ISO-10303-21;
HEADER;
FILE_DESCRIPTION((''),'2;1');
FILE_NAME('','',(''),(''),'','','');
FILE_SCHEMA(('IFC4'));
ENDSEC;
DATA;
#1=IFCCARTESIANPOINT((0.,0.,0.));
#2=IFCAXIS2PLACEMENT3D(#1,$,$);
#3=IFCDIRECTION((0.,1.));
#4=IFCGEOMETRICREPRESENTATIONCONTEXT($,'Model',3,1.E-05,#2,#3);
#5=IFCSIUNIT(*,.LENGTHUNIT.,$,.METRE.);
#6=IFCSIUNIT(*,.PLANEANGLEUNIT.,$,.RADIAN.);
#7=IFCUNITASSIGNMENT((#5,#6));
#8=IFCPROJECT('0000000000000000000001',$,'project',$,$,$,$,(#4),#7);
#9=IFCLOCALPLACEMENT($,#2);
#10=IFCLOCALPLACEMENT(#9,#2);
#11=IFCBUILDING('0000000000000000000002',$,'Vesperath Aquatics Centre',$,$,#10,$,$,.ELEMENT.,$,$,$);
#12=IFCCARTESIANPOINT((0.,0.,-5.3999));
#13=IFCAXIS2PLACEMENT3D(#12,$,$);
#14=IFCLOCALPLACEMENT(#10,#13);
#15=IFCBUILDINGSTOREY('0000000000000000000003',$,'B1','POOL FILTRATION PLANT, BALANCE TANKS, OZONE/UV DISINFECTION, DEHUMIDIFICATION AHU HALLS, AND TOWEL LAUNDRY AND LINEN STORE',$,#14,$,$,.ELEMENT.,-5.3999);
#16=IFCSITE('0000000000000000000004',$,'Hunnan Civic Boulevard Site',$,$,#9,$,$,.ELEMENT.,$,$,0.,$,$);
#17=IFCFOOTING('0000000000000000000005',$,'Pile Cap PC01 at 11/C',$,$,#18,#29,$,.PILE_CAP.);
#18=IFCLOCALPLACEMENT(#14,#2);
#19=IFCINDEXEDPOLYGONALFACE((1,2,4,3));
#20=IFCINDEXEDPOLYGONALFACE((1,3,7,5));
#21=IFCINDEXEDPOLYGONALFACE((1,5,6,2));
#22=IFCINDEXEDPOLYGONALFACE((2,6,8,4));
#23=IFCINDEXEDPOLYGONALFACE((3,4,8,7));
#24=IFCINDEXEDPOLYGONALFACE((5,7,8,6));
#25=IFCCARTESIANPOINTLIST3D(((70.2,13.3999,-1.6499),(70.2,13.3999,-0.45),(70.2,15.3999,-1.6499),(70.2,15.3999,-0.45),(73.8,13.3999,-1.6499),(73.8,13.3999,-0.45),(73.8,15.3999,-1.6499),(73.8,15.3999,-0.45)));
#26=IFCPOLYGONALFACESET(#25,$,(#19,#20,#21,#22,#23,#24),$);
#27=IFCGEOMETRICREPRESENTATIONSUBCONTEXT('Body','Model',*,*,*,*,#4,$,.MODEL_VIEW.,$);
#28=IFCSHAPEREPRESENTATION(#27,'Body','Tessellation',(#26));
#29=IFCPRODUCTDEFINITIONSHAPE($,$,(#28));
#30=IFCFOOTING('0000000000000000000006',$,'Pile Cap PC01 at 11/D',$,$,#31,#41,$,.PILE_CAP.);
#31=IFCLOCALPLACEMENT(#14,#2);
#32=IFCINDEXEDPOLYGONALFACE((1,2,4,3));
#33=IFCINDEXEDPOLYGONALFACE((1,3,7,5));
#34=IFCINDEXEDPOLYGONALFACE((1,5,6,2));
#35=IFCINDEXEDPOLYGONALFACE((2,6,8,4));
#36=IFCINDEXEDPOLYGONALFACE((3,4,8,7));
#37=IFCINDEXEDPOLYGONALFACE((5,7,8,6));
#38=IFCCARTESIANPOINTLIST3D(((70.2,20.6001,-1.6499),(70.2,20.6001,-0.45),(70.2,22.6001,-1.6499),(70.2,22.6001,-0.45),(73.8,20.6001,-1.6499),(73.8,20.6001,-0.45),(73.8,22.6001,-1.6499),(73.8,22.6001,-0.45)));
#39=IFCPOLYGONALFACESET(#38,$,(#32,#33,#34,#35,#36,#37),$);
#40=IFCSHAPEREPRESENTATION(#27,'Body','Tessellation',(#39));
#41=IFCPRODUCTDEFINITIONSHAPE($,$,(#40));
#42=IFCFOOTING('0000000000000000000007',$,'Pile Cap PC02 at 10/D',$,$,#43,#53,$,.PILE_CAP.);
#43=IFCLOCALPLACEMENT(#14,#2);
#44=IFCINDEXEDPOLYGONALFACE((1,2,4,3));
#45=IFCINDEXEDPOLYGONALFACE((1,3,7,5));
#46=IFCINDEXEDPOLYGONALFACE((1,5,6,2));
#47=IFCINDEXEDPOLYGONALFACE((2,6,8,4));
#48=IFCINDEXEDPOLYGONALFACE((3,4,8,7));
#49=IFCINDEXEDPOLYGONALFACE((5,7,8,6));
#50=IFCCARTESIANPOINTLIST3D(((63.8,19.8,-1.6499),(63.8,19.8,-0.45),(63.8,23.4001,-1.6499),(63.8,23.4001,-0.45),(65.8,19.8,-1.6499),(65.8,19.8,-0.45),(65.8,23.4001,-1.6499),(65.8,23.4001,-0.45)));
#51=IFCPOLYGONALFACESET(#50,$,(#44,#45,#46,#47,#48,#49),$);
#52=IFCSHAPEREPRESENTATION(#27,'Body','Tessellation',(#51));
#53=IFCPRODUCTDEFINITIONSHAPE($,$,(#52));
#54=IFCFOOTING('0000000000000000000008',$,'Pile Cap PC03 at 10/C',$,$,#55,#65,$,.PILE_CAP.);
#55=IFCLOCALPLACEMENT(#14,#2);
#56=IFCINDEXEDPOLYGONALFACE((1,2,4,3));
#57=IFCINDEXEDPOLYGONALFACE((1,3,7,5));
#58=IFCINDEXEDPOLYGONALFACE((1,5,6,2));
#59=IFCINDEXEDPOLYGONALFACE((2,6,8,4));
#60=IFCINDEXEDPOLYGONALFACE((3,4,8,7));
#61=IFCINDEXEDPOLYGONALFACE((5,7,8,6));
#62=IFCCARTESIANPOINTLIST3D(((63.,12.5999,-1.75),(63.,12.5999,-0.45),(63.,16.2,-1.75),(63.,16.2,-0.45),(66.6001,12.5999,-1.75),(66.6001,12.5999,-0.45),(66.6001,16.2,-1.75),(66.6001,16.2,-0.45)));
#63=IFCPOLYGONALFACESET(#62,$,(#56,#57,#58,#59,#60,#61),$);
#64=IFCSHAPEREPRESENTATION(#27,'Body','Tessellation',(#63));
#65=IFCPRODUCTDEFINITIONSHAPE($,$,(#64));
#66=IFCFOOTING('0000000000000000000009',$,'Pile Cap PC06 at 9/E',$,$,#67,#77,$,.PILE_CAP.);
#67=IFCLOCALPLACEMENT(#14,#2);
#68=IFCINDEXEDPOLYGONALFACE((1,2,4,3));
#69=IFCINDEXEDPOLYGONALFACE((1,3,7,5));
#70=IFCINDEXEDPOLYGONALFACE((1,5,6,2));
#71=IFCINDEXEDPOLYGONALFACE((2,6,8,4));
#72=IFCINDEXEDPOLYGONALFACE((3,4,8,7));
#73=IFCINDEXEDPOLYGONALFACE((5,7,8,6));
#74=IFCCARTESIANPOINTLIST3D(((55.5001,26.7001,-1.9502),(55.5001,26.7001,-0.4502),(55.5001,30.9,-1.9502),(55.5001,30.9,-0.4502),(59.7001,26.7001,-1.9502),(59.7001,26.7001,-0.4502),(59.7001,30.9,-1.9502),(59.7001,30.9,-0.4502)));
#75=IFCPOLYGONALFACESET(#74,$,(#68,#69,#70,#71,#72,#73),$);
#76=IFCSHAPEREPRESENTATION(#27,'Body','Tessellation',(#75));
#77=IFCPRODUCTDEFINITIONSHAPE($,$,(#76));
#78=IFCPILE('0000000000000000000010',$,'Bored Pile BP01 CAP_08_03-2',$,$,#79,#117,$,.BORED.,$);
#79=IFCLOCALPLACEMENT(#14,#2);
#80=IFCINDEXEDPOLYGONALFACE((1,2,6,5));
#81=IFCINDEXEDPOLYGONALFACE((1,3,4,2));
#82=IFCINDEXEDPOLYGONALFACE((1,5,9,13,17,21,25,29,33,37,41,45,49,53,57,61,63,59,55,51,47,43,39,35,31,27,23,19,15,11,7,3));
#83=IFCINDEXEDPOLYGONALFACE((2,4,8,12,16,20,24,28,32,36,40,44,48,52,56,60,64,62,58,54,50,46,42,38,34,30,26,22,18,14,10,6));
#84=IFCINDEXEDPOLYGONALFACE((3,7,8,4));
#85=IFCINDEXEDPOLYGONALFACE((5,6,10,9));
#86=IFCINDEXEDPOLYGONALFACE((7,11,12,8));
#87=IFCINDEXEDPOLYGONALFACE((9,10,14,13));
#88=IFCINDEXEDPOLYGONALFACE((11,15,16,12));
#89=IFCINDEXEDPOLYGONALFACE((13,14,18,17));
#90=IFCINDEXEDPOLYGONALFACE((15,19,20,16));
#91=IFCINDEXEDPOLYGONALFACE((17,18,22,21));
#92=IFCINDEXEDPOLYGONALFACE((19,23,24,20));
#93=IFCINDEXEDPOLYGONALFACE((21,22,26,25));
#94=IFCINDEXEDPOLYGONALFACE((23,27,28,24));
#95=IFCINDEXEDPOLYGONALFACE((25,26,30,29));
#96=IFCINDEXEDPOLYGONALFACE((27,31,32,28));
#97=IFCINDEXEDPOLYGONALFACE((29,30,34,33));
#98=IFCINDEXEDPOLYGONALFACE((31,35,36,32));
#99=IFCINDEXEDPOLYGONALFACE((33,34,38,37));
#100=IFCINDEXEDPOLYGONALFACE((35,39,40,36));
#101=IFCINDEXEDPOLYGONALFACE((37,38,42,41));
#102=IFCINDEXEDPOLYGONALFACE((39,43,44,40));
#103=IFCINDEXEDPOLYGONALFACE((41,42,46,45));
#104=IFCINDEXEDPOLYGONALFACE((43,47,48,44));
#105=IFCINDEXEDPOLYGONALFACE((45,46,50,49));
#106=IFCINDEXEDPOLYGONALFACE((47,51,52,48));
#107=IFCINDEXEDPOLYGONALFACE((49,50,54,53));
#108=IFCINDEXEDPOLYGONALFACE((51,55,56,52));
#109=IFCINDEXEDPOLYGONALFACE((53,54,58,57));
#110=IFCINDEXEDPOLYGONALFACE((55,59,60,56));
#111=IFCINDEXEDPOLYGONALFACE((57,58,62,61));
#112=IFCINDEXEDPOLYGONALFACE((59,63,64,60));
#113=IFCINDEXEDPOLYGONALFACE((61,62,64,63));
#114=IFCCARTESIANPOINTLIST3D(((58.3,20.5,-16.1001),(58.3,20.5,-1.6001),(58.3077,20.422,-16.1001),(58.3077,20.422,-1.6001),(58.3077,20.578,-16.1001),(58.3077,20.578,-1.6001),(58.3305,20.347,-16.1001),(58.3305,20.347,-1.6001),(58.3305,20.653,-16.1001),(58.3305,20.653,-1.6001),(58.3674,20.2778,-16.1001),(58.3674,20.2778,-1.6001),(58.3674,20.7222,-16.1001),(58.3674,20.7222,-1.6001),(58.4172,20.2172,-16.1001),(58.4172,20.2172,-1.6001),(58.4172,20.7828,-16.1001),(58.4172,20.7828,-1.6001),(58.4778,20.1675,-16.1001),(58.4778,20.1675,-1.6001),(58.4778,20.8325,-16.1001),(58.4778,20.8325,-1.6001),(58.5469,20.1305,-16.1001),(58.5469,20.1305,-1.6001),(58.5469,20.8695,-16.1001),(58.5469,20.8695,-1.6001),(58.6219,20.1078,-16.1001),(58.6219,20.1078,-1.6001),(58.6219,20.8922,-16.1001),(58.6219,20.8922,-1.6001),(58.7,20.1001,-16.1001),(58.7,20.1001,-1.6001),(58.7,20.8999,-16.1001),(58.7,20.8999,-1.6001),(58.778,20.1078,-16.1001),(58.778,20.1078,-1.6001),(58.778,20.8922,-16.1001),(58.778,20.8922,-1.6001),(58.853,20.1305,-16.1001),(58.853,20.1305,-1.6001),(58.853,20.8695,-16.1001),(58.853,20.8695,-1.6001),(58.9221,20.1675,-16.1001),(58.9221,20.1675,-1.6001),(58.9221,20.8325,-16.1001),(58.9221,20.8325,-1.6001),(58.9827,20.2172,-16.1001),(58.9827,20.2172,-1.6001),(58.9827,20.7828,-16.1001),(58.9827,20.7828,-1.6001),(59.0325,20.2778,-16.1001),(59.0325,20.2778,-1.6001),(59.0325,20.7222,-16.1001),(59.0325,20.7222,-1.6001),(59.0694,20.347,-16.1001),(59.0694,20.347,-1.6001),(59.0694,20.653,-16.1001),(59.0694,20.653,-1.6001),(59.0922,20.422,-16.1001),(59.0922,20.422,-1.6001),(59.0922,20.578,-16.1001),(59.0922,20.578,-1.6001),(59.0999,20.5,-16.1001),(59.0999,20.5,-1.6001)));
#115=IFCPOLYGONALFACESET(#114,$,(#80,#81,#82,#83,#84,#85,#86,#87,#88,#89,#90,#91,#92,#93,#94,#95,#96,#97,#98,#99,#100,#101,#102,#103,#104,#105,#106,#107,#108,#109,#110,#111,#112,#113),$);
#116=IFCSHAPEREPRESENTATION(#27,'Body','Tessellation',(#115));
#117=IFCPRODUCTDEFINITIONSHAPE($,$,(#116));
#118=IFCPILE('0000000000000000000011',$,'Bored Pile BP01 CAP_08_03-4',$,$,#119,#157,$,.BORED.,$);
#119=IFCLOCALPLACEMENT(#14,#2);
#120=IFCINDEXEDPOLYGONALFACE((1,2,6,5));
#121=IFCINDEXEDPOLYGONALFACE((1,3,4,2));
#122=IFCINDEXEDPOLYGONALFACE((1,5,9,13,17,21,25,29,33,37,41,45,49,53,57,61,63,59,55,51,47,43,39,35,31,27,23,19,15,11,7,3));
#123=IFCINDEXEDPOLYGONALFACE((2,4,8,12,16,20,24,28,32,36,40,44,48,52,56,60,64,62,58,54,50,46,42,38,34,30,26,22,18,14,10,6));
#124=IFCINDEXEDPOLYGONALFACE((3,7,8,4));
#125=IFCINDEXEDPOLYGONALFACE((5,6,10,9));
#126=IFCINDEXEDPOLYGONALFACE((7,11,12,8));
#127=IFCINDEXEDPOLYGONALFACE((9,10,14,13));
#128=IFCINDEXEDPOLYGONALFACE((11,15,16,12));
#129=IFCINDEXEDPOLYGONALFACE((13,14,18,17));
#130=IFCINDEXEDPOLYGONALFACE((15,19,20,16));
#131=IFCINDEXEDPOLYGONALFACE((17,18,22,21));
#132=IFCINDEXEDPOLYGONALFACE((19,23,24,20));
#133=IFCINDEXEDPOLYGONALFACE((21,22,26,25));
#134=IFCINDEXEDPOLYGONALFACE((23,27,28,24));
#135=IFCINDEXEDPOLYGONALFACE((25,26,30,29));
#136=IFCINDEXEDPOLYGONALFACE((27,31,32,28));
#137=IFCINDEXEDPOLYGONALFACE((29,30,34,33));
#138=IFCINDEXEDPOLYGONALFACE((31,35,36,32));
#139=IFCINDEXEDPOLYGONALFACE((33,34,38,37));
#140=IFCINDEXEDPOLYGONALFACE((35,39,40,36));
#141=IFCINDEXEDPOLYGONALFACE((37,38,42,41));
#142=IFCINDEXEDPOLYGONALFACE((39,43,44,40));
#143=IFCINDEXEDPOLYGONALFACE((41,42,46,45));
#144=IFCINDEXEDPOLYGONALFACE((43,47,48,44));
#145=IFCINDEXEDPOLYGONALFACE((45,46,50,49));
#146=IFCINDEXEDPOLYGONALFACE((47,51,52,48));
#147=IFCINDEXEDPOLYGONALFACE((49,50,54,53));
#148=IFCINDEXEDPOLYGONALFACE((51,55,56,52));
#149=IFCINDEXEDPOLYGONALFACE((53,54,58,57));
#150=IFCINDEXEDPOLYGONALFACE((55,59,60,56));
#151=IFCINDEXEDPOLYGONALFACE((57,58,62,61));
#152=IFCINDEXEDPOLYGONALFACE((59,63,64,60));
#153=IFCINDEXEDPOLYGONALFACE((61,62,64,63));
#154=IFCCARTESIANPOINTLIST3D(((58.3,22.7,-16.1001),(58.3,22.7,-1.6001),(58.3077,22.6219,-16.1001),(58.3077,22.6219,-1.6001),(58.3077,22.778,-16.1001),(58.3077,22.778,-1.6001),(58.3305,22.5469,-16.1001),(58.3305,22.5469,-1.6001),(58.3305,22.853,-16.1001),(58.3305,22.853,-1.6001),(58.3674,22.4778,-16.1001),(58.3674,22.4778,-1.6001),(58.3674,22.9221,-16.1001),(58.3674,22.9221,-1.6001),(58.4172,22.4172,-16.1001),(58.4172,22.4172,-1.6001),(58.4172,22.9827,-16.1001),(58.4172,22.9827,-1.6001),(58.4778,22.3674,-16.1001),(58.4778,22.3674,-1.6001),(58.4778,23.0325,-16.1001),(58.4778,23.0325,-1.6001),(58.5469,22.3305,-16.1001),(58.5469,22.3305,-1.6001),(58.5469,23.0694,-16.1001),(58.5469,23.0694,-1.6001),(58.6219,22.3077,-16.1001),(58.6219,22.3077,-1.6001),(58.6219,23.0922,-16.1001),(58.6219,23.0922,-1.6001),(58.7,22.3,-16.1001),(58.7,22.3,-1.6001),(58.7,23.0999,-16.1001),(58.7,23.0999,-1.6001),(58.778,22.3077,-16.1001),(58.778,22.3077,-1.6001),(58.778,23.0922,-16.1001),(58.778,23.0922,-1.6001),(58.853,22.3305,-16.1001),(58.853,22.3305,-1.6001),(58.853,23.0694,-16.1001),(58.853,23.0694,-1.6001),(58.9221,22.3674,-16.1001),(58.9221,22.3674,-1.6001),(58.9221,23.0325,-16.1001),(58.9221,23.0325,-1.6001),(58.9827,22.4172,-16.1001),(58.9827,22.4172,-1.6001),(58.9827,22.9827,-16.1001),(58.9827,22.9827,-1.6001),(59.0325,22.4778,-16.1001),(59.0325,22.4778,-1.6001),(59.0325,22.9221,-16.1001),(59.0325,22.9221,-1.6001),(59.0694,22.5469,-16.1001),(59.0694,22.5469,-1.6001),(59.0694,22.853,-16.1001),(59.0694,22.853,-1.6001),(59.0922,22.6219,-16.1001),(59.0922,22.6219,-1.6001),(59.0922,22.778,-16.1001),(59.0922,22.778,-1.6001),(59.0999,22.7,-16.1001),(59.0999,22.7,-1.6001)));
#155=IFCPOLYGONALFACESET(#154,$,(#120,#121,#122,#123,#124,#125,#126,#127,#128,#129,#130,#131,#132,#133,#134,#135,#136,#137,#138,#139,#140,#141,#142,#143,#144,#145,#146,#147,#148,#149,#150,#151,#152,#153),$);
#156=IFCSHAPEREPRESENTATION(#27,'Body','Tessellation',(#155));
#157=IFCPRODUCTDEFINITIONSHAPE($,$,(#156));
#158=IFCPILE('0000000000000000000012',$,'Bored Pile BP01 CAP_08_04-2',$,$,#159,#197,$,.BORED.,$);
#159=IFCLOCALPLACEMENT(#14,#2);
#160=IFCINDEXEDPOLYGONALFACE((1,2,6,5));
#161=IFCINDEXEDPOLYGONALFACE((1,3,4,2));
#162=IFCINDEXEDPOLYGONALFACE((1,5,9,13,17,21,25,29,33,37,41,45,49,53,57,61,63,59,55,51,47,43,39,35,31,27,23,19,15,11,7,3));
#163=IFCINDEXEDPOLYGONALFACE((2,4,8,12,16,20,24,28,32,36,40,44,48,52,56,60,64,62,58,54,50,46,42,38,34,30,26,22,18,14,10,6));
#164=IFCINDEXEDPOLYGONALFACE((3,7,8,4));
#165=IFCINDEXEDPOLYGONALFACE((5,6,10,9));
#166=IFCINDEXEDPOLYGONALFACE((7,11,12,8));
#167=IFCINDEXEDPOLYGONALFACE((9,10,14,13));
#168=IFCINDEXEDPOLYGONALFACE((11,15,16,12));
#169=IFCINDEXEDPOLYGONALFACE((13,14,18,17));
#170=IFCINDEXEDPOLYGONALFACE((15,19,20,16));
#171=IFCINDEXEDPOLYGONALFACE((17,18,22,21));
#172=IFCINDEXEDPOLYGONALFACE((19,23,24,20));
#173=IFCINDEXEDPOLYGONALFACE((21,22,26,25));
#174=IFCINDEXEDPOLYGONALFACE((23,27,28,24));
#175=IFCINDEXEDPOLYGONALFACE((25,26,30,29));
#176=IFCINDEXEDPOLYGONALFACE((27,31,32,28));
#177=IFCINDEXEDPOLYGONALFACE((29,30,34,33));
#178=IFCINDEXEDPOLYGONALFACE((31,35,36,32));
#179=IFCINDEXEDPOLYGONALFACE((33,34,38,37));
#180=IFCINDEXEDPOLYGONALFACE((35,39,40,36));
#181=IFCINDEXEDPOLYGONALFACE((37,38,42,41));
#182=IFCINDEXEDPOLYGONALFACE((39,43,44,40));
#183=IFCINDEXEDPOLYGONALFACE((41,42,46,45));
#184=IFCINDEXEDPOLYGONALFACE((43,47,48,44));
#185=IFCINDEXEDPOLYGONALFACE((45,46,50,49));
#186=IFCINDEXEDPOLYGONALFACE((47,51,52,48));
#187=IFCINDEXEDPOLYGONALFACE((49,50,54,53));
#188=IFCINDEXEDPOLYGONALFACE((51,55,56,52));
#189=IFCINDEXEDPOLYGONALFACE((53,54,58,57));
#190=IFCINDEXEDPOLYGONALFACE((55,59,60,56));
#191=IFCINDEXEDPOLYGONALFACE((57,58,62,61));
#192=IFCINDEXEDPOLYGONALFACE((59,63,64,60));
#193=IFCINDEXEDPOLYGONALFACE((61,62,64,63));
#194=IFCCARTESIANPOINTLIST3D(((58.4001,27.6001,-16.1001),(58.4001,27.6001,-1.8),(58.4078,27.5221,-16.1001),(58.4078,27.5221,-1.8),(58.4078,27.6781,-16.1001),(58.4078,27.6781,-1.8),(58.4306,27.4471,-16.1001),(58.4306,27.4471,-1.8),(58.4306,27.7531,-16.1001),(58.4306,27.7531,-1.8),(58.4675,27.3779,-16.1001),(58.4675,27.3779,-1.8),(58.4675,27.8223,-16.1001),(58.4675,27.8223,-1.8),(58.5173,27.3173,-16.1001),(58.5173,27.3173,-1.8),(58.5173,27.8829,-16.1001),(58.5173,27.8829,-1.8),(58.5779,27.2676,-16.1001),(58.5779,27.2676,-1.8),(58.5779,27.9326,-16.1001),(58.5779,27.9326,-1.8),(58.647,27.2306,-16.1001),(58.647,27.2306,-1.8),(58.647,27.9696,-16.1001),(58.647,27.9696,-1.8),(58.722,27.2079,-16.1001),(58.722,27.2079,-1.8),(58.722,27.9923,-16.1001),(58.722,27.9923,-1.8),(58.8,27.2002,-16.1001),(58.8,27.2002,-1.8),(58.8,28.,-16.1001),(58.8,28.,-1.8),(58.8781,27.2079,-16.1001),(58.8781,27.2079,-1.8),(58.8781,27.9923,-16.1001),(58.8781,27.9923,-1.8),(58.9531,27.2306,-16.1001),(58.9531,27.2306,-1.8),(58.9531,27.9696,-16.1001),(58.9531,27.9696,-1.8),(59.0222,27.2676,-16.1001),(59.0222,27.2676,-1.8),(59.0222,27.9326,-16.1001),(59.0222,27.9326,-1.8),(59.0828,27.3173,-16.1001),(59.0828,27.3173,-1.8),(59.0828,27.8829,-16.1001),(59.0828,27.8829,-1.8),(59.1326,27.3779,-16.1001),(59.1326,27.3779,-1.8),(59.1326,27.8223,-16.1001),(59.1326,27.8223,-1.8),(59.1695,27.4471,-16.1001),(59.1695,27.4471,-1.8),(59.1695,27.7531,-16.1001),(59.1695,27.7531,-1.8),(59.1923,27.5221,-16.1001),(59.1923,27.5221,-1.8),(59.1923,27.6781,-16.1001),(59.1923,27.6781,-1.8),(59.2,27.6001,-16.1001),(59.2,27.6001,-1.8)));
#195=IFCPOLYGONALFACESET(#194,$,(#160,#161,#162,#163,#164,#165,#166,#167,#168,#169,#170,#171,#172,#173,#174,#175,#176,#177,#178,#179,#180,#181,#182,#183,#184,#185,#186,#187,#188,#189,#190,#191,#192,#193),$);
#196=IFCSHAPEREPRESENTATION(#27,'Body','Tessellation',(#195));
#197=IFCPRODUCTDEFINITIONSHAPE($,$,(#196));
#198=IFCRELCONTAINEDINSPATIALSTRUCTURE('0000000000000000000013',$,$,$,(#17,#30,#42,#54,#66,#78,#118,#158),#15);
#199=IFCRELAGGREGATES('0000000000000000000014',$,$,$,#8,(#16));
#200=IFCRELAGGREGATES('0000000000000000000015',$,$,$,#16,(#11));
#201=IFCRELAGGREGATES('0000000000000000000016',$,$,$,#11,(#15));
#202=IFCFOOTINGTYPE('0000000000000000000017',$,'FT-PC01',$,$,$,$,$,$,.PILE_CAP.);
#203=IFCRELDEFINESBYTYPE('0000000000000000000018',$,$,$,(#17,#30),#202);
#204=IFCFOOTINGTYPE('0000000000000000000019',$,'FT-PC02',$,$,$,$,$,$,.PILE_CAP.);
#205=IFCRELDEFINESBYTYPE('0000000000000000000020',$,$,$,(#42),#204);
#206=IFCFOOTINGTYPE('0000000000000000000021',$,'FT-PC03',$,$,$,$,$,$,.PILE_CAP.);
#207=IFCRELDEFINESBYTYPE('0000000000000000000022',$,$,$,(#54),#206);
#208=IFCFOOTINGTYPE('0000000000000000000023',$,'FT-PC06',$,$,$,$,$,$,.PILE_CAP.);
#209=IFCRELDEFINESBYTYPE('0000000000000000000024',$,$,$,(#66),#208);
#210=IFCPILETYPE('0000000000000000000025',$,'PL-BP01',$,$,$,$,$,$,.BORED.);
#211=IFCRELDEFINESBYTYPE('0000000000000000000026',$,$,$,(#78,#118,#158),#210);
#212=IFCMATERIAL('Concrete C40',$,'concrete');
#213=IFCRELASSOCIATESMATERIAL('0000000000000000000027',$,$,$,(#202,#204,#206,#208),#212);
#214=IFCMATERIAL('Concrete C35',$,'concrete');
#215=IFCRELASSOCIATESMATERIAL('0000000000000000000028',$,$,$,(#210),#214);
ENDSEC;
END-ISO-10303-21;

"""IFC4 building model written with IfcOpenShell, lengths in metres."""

from ifc_helpers import new_model, si_unit, direction, frame, origin, origin_2d, place, context, subcontext, project, spatial, rectangle, circle, extrude, material, material_profile, profile_set, type_object, element, save


model = new_model("IFC4")

# Units and contexts
model_context = context("Model", 3, precision=1e-05, world=origin(), true_north=direction((0.0, 1.0)))
body_context = subcontext(model_context, "Body", "Model", "MODEL_VIEW")
ifc_project = project(units=[si_unit("LENGTHUNIT", "METRE"), si_unit("PLANEANGLEUNIT", "RADIAN")], contexts=[model_context])

# Site, building, storey
site_placement = place(None, origin())
site = spatial("IfcSite", under=ifc_project, at=site_placement, Name="Hunnan Civic Boulevard Site", CompositionType="ELEMENT", RefElevation=0.0)
building_placement = place(site_placement, origin())
building = spatial("IfcBuilding", under=site, at=building_placement, Name="Vesperath Aquatics Centre", CompositionType="ELEMENT")
storey_placement = place(building_placement, frame((0.0, 0.0, -5.3999)))
storey = spatial("IfcBuildingStorey", under=building, at=storey_placement, Name="B1", Description="POOL FILTRATION PLANT, BALANCE TANKS, OZONE/UV DISINFECTION, DEHUMIDIFICATION AHU HALLS, AND TOWEL LAUNDRY AND LINEN STORE", CompositionType="ELEMENT", Elevation=-5.3999)

# Footings
ifc_material_1 = material(Name="Concrete C40", Category="concrete")
footing_type_1 = type_object("IfcFootingType", Name="FT-PC01", PredefinedType="PILE_CAP", material=ifc_material_1)
for number, where, z_axis, x_axis, name in (
    (1, (72.0, 14.3999, -1.6499), (0.0, 0.0, 1.0), (1.0, 0.0, 0.0), "Pile Cap PC01 at 11/C"),
    (2, (72.0, 21.6001, -1.6499), (0.0, 0.0, 1.0), (1.0, 0.0, 0.0), "Pile Cap PC01 at 11/D"),
):
    element("IfcFooting", number, at=place(storey_placement, frame(where, z_axis=z_axis, x_axis=x_axis)), inside=storey, type_object=footing_type_1, Name=name, PredefinedType="PILE_CAP", context=body_context, shape_type="SweptSolid", body=[
        extrude(rectangle(XDim=3.6001, YDim=2.0, at=origin_2d()), origin(), (0.0, 0.0, 1.0), 1.2),
    ])
footing_type_2 = type_object("IfcFootingType", Name="FT-PC02", PredefinedType="PILE_CAP", material=ifc_material_1)
footing_1_placement = place(storey_placement, frame((64.8, 21.6001, -1.6499), z_axis=(0.0, 0.0, 1.0), x_axis=(1.0, 0.0, 0.0)))
element("IfcFooting", 3, at=footing_1_placement, inside=storey, type_object=footing_type_2, Name="Pile Cap PC02 at 10/D", PredefinedType="PILE_CAP", context=body_context, shape_type="SweptSolid", body=[
    extrude(rectangle(XDim=2.0, YDim=3.6001, at=origin_2d()), origin(), (0.0, 0.0, 1.0), 1.2),
])
footing_type_3 = type_object("IfcFootingType", Name="FT-PC03", PredefinedType="PILE_CAP", material=ifc_material_1)
footing_2_placement = place(storey_placement, frame((64.8, 14.3999, -1.75), z_axis=(0.0, 0.0, 1.0), x_axis=(1.0, 0.0, 0.0)))
element("IfcFooting", 4, at=footing_2_placement, inside=storey, type_object=footing_type_3, Name="Pile Cap PC03 at 10/C", PredefinedType="PILE_CAP", context=body_context, shape_type="SweptSolid", body=[
    extrude(rectangle(XDim=3.6001, YDim=3.6001, at=origin_2d()), origin(), (0.0, 0.0, 1.0), 1.3),
])
footing_type_4 = type_object("IfcFootingType", Name="FT-PC06", PredefinedType="PILE_CAP", material=ifc_material_1)
footing_3_placement = place(storey_placement, frame((57.6001, 28.8, -1.9502), z_axis=(0.0, 0.0, 1.0), x_axis=(1.0, 0.0, 0.0)))
element("IfcFooting", 5, at=footing_3_placement, inside=storey, type_object=footing_type_4, Name="Pile Cap PC06 at 9/E", PredefinedType="PILE_CAP", context=body_context, shape_type="SweptSolid", body=[
    extrude(rectangle(XDim=4.2, YDim=4.2, at=origin_2d()), origin(), (0.0, 0.0, 1.0), 1.5),
])

# Piles
ifc_material_2 = material(Name="Concrete C35", Category="concrete")
ifc_material_profile_1 = material_profile(ifc_material_2, circle(Radius=0.3999, at=origin_2d()), Name="PILE D800")
ifc_profile_set_1 = profile_set([ifc_material_profile_1], Name="Concrete C35")
pile_type_1 = type_object("IfcPileType", Name="PL-BP01", PredefinedType="BORED", material=ifc_profile_set_1)
for number, where, z_axis, x_axis, name in (
    (6, (58.7, 20.5, -1.6001), (0.0, 0.0, -1.0), (1.0, 0.0, 0.0), "Bored Pile BP01 CAP_08_03-2"),
    (7, (58.7, 22.7, -1.6001), (0.0, 0.0, -1.0), (1.0, 0.0, 0.0), "Bored Pile BP01 CAP_08_03-4"),
):
    element("IfcPile", number, at=place(storey_placement, frame(where, z_axis=z_axis, x_axis=x_axis)), inside=storey, type_object=pile_type_1, Name=name, PredefinedType="BORED", context=body_context, shape_type="SweptSolid", body=[
        extrude(circle(Radius=0.3999, at=origin_2d()), origin(), (0.0, 0.0, 1.0), 14.5),
    ])
pile_placement = place(storey_placement, frame((58.8, 27.6001, -1.8), z_axis=(0.0, 0.0, -1.0), x_axis=(1.0, 0.0, 0.0)))
element("IfcPile", 8, at=pile_placement, inside=storey, type_object=pile_type_1, Name="Bored Pile BP01 CAP_08_04-2", PredefinedType="BORED", context=body_context, shape_type="SweptSolid", body=[
    extrude(circle(Radius=0.3999, at=origin_2d()), origin(), (0.0, 0.0, 1.0), 14.3),
])

save(model, "model.ifc")
